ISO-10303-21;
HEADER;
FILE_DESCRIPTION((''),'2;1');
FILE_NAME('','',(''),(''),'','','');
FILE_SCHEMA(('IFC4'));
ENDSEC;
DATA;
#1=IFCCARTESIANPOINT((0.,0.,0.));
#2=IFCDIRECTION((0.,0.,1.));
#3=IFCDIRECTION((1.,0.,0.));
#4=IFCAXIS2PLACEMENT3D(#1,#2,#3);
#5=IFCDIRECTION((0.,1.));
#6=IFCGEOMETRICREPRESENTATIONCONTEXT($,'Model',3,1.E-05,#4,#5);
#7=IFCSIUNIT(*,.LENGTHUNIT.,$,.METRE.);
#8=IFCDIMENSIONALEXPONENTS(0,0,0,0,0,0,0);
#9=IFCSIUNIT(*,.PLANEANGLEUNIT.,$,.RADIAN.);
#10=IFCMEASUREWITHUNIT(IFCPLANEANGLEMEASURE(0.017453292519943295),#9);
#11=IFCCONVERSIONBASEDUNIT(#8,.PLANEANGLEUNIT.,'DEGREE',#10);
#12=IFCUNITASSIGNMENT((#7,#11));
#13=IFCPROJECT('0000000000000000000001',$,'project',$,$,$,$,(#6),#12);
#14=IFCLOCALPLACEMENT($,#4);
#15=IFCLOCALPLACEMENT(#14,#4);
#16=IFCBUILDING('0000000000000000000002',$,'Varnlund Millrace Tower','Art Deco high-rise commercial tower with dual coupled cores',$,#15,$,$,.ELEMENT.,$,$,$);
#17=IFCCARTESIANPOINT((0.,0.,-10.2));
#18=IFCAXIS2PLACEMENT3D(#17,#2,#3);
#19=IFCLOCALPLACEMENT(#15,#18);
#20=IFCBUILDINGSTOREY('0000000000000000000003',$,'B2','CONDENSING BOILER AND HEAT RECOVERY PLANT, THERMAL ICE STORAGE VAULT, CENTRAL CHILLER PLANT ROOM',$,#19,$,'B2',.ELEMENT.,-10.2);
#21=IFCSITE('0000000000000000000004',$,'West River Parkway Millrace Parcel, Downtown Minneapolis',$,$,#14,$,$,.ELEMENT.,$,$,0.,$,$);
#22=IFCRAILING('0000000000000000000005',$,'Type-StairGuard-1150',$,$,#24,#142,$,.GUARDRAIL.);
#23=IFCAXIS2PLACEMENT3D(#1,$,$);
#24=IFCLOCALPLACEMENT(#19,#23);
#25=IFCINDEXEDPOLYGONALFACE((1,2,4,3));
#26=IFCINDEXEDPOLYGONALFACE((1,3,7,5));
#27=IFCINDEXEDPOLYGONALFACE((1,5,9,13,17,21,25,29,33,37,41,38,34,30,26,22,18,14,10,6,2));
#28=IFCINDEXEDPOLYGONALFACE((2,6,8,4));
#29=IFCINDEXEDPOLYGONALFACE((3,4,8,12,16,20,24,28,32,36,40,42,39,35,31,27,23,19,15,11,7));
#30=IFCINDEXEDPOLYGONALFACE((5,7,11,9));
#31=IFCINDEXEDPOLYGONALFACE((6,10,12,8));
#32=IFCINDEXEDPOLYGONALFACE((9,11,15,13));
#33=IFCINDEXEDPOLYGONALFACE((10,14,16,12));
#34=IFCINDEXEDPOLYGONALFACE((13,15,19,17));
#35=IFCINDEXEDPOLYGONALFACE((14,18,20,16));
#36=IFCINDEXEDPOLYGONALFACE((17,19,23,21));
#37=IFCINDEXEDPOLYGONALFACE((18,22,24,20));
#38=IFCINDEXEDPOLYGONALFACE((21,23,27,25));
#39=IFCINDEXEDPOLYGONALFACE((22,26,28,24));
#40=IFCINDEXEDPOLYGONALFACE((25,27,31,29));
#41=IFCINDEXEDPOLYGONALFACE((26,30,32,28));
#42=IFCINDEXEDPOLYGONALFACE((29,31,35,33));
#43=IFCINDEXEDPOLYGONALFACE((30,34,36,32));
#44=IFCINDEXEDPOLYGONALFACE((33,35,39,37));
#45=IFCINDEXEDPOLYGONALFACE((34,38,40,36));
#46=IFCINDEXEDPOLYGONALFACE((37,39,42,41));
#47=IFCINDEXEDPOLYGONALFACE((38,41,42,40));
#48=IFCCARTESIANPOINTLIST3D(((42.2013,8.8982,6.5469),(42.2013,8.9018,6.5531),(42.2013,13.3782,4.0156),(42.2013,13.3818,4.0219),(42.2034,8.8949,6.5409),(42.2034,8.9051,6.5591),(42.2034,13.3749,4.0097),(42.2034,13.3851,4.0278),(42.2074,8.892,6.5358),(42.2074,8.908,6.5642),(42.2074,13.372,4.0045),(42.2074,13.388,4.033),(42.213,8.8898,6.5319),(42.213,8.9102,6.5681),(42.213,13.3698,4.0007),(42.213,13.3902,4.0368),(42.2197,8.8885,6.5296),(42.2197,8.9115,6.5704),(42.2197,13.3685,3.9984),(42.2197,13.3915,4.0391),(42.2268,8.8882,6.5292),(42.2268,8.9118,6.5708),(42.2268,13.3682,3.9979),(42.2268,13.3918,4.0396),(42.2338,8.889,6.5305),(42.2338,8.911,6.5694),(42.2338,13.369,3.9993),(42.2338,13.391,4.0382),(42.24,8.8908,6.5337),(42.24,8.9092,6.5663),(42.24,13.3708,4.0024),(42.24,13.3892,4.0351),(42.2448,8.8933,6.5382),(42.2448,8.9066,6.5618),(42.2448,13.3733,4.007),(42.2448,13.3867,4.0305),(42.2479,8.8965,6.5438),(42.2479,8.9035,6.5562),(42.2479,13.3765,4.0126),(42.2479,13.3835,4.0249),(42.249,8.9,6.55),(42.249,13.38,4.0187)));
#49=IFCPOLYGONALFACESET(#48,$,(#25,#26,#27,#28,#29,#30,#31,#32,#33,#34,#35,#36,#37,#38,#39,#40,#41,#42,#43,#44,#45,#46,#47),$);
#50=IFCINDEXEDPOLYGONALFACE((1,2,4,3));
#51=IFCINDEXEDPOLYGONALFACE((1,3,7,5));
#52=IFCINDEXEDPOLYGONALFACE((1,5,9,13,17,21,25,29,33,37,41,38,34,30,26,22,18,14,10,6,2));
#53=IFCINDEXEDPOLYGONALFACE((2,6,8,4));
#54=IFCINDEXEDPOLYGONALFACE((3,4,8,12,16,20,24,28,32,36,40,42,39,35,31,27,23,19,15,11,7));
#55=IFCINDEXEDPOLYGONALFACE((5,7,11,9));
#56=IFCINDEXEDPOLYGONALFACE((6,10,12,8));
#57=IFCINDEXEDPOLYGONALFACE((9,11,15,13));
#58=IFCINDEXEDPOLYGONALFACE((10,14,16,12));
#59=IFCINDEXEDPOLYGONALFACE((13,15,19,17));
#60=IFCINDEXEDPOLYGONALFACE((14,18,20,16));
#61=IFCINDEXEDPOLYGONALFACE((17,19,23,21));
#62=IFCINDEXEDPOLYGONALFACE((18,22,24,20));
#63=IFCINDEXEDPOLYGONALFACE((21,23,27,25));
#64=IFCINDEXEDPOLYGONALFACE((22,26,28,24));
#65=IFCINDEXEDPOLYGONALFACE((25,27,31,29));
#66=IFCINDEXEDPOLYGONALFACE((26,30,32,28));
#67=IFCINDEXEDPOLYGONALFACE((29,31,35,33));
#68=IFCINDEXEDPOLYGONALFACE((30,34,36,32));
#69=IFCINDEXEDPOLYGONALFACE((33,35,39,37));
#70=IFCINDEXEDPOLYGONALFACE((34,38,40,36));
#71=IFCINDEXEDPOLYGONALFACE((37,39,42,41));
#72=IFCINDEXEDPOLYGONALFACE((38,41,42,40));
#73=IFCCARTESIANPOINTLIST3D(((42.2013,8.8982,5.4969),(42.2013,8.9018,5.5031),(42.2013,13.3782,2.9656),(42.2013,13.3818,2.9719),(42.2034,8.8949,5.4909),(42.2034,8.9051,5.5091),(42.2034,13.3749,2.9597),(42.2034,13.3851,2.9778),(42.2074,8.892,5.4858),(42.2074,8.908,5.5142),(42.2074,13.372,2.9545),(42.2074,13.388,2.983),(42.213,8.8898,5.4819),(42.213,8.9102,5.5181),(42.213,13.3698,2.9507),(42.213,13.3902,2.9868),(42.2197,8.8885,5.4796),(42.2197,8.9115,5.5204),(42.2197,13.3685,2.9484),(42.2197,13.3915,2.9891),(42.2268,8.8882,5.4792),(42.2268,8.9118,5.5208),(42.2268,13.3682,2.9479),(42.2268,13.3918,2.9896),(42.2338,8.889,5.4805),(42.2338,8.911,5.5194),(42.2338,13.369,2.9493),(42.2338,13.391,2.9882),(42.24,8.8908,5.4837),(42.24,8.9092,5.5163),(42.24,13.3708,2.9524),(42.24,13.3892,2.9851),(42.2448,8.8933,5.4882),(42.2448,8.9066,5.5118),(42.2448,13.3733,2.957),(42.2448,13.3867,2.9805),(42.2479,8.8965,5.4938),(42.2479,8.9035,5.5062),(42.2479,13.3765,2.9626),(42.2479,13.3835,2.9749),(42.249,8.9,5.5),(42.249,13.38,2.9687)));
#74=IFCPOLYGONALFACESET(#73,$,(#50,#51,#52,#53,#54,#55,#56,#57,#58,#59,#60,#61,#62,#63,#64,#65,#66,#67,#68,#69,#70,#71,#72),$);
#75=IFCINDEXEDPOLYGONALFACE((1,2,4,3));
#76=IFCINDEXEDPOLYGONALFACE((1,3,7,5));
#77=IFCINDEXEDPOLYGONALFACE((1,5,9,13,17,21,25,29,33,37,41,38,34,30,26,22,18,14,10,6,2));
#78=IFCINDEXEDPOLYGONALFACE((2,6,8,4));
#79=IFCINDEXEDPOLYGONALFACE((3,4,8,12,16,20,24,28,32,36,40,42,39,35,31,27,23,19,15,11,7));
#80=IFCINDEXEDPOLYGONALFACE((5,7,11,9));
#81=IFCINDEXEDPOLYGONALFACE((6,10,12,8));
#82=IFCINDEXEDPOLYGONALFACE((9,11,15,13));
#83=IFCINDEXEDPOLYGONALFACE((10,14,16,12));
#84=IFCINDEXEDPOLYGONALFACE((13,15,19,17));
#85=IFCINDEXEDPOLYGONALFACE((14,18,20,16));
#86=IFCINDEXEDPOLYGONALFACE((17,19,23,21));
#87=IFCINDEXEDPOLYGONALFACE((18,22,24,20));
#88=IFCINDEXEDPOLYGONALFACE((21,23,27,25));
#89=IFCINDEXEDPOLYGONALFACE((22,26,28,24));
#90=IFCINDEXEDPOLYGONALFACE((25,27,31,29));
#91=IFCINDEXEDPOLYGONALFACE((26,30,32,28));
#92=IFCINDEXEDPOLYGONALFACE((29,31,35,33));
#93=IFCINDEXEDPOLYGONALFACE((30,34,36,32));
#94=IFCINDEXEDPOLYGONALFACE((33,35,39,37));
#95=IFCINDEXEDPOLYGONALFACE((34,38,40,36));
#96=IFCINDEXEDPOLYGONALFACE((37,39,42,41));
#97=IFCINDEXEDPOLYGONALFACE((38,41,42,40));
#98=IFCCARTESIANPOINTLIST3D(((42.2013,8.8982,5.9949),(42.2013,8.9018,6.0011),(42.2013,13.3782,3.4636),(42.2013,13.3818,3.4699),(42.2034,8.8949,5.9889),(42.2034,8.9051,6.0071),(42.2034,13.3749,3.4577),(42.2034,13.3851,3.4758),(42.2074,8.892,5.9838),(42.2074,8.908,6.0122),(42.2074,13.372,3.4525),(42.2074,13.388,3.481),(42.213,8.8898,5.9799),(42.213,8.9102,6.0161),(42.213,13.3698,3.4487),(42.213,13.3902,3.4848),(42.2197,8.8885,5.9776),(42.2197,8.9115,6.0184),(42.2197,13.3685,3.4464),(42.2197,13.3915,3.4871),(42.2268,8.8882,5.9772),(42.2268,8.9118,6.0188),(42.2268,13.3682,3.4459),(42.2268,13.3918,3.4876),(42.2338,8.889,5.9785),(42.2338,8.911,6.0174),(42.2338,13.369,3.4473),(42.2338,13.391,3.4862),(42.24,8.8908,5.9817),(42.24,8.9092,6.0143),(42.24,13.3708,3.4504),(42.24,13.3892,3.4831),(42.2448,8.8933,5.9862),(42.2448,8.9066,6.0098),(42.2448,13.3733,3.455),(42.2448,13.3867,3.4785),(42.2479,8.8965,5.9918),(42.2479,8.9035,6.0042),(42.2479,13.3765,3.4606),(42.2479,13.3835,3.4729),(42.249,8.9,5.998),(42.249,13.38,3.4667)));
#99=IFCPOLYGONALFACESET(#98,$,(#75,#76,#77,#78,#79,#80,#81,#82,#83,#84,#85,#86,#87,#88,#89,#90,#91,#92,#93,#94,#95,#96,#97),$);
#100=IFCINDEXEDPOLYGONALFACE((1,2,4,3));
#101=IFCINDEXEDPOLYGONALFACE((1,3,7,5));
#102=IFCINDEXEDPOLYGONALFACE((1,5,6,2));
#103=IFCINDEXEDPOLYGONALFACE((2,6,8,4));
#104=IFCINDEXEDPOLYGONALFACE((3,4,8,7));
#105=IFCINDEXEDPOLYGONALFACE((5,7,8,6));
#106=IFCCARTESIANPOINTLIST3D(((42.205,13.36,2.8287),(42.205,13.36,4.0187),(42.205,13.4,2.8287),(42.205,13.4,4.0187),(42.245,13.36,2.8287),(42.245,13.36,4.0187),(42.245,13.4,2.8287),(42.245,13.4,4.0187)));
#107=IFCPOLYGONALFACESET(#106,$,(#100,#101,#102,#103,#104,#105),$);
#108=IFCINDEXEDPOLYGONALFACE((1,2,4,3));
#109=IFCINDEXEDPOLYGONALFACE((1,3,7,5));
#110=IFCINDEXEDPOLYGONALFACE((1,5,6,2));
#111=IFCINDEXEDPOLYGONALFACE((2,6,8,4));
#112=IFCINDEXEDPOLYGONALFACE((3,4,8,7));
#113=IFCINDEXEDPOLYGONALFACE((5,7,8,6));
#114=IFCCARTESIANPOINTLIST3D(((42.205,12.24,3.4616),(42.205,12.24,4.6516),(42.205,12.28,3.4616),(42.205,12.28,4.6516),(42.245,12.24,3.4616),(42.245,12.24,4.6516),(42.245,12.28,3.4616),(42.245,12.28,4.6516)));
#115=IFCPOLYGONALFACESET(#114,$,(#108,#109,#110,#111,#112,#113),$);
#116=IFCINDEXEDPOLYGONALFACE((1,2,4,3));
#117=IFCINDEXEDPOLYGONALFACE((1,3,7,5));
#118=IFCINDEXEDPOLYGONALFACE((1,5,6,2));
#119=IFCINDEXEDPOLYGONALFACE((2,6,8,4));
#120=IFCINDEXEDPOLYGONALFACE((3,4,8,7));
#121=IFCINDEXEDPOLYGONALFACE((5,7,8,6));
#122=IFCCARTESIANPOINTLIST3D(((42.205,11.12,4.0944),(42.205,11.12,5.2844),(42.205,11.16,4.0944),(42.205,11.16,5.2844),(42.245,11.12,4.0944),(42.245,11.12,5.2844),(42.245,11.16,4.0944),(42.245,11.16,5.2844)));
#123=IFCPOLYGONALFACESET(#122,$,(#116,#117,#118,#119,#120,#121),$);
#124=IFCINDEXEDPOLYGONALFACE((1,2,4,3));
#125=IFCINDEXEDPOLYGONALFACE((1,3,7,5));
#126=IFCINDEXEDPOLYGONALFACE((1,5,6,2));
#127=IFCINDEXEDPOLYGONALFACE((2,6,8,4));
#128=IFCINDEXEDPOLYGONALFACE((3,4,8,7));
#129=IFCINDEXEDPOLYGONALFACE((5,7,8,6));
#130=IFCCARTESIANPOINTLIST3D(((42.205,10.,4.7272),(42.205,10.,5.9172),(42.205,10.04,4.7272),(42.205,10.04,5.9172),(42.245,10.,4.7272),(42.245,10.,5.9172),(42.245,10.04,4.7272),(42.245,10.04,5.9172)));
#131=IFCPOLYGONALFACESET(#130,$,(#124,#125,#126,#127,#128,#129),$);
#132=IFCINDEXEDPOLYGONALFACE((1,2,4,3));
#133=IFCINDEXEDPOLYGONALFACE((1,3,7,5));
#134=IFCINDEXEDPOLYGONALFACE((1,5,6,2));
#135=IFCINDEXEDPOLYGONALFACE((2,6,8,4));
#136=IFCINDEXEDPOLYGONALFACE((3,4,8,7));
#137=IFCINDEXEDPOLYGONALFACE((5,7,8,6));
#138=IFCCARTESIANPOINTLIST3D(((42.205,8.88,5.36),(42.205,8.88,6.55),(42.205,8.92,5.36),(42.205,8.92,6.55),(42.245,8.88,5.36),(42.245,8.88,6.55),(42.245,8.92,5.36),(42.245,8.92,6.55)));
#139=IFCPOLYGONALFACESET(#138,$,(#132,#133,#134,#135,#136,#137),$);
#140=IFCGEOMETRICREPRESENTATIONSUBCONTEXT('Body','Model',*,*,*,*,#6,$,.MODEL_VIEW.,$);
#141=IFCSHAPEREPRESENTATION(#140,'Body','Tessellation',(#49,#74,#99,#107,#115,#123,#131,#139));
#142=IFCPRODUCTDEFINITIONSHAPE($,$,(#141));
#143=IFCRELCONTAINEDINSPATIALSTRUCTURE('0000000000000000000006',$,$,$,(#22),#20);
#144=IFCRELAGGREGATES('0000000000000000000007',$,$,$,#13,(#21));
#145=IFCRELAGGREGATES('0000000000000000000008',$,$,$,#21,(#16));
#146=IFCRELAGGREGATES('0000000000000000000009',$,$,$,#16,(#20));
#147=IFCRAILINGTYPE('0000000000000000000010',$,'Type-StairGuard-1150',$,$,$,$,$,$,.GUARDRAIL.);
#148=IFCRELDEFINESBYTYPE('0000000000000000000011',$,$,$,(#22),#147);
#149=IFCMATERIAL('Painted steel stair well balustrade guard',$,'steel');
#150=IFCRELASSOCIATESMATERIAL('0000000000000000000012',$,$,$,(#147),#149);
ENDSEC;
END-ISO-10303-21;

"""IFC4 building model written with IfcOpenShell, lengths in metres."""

from ifc_helpers import new_model, entity, si_unit, converted_unit, direction, frame, origin_with_axes, origin_2d_with_axis, place, context, subcontext, project, spatial, rectangle, circle, extrude, material, type_object, element, save


model = new_model("IFC4")

# Units and contexts
model_context = context("Model", 3, precision=1e-05, world=origin_with_axes(), true_north=direction((0.0, 1.0)))
body_context = subcontext(model_context, "Body", "Model", "MODEL_VIEW")
ifc_project = project(units=[si_unit("LENGTHUNIT", "METRE"), converted_unit("PLANEANGLEUNIT", "DEGREE", entity("IfcPlaneAngleMeasure", 0.017453292519943295), si_unit("PLANEANGLEUNIT", "RADIAN"), dimensions=[0, 0, 0, 0, 0, 0, 0])], contexts=[model_context])

# Site, building, storey
site_placement = place(None, origin_with_axes())
site = spatial("IfcSite", under=ifc_project, at=site_placement, Name="West River Parkway Millrace Parcel, Downtown Minneapolis", CompositionType="ELEMENT", RefElevation=0.0)
building_placement = place(site_placement, origin_with_axes())
building = spatial("IfcBuilding", under=site, at=building_placement, Name="Varnlund Millrace Tower", Description="Art Deco high-rise commercial tower with dual coupled cores", CompositionType="ELEMENT")
storey_placement = place(building_placement, frame((0.0, 0.0, -10.2), z_axis=(0.0, 0.0, 1.0), x_axis=(1.0, 0.0, 0.0)))
storey = spatial("IfcBuildingStorey", under=building, at=storey_placement, Name="B2", Description="CONDENSING BOILER AND HEAT RECOVERY PLANT, THERMAL ICE STORAGE VAULT, CENTRAL CHILLER PLANT ROOM", LongName="B2", CompositionType="ELEMENT", Elevation=-10.2)

# Railing
ifc_material_1 = material(Name="Painted steel stair well balustrade guard", Category="steel")
railing_type_1 = type_object("IfcRailingType", Name="Type-StairGuard-1150", PredefinedType="GUARDRAIL", material=ifc_material_1)
railing_1_placement = place(storey_placement, frame((0.0, 0.0, 10.2), z_axis=(0.0, 0.0, 1.0), x_axis=(1.0, 0.0, 0.0)))
element("IfcRailing", 1, at=railing_1_placement, inside=storey, type_object=railing_type_1, Name="Type-StairGuard-1150", PredefinedType="GUARDRAIL", context=body_context, shape_type="SweptSolid", body=[
    extrude(circle(Radius=0.024, at=origin_2d_with_axis()), frame((42.225, 13.38, -6.1813), z_axis=(0.0, -0.87064, 0.491921), x_axis=(1.0, 0.0, 0.0)), (0.0, 0.0, 1.0), 5.1456),
    extrude(circle(Radius=0.024, at=origin_2d_with_axis()), frame((42.225, 13.38, -7.2313), z_axis=(0.0, -0.87064, 0.491921), x_axis=(1.0, 0.0, 0.0)), (0.0, 0.0, 1.0), 5.1456),
    extrude(circle(Radius=0.024, at=origin_2d_with_axis()), frame((42.225, 13.38, -6.7332), z_axis=(0.0, -0.87064, 0.491921), x_axis=(1.0, 0.0, 0.0)), (0.0, 0.0, 1.0), 5.1456),
    extrude(rectangle(XDim=0.04, YDim=0.04, at=origin_2d_with_axis()), frame((42.225, 13.38, -7.3712), z_axis=(0.0, 0.0, 1.0), x_axis=(1.0, 0.0, 0.0)), (0.0, 0.0, 1.0), 1.19),
    extrude(rectangle(XDim=0.04, YDim=0.04, at=origin_2d_with_axis()), frame((42.225, 12.26, -6.7384), z_axis=(0.0, 0.0, 1.0), x_axis=(1.0, 0.0, 0.0)), (0.0, 0.0, 1.0), 1.19),
    extrude(rectangle(XDim=0.04, YDim=0.04, at=origin_2d_with_axis()), frame((42.225, 11.14, -6.1056), z_axis=(0.0, 0.0, 1.0), x_axis=(1.0, 0.0, 0.0)), (0.0, 0.0, 1.0), 1.19),
    extrude(rectangle(XDim=0.04, YDim=0.04, at=origin_2d_with_axis()), frame((42.225, 10.02, -5.4728), z_axis=(0.0, 0.0, 1.0), x_axis=(1.0, 0.0, 0.0)), (0.0, 0.0, 1.0), 1.19),
    extrude(rectangle(XDim=0.04, YDim=0.04, at=origin_2d_with_axis()), frame((42.225, 8.9, -4.84), z_axis=(0.0, 0.0, 1.0), x_axis=(1.0, 0.0, 0.0)), (0.0, 0.0, 1.0), 1.19),
])

save(model, "model.ifc")
